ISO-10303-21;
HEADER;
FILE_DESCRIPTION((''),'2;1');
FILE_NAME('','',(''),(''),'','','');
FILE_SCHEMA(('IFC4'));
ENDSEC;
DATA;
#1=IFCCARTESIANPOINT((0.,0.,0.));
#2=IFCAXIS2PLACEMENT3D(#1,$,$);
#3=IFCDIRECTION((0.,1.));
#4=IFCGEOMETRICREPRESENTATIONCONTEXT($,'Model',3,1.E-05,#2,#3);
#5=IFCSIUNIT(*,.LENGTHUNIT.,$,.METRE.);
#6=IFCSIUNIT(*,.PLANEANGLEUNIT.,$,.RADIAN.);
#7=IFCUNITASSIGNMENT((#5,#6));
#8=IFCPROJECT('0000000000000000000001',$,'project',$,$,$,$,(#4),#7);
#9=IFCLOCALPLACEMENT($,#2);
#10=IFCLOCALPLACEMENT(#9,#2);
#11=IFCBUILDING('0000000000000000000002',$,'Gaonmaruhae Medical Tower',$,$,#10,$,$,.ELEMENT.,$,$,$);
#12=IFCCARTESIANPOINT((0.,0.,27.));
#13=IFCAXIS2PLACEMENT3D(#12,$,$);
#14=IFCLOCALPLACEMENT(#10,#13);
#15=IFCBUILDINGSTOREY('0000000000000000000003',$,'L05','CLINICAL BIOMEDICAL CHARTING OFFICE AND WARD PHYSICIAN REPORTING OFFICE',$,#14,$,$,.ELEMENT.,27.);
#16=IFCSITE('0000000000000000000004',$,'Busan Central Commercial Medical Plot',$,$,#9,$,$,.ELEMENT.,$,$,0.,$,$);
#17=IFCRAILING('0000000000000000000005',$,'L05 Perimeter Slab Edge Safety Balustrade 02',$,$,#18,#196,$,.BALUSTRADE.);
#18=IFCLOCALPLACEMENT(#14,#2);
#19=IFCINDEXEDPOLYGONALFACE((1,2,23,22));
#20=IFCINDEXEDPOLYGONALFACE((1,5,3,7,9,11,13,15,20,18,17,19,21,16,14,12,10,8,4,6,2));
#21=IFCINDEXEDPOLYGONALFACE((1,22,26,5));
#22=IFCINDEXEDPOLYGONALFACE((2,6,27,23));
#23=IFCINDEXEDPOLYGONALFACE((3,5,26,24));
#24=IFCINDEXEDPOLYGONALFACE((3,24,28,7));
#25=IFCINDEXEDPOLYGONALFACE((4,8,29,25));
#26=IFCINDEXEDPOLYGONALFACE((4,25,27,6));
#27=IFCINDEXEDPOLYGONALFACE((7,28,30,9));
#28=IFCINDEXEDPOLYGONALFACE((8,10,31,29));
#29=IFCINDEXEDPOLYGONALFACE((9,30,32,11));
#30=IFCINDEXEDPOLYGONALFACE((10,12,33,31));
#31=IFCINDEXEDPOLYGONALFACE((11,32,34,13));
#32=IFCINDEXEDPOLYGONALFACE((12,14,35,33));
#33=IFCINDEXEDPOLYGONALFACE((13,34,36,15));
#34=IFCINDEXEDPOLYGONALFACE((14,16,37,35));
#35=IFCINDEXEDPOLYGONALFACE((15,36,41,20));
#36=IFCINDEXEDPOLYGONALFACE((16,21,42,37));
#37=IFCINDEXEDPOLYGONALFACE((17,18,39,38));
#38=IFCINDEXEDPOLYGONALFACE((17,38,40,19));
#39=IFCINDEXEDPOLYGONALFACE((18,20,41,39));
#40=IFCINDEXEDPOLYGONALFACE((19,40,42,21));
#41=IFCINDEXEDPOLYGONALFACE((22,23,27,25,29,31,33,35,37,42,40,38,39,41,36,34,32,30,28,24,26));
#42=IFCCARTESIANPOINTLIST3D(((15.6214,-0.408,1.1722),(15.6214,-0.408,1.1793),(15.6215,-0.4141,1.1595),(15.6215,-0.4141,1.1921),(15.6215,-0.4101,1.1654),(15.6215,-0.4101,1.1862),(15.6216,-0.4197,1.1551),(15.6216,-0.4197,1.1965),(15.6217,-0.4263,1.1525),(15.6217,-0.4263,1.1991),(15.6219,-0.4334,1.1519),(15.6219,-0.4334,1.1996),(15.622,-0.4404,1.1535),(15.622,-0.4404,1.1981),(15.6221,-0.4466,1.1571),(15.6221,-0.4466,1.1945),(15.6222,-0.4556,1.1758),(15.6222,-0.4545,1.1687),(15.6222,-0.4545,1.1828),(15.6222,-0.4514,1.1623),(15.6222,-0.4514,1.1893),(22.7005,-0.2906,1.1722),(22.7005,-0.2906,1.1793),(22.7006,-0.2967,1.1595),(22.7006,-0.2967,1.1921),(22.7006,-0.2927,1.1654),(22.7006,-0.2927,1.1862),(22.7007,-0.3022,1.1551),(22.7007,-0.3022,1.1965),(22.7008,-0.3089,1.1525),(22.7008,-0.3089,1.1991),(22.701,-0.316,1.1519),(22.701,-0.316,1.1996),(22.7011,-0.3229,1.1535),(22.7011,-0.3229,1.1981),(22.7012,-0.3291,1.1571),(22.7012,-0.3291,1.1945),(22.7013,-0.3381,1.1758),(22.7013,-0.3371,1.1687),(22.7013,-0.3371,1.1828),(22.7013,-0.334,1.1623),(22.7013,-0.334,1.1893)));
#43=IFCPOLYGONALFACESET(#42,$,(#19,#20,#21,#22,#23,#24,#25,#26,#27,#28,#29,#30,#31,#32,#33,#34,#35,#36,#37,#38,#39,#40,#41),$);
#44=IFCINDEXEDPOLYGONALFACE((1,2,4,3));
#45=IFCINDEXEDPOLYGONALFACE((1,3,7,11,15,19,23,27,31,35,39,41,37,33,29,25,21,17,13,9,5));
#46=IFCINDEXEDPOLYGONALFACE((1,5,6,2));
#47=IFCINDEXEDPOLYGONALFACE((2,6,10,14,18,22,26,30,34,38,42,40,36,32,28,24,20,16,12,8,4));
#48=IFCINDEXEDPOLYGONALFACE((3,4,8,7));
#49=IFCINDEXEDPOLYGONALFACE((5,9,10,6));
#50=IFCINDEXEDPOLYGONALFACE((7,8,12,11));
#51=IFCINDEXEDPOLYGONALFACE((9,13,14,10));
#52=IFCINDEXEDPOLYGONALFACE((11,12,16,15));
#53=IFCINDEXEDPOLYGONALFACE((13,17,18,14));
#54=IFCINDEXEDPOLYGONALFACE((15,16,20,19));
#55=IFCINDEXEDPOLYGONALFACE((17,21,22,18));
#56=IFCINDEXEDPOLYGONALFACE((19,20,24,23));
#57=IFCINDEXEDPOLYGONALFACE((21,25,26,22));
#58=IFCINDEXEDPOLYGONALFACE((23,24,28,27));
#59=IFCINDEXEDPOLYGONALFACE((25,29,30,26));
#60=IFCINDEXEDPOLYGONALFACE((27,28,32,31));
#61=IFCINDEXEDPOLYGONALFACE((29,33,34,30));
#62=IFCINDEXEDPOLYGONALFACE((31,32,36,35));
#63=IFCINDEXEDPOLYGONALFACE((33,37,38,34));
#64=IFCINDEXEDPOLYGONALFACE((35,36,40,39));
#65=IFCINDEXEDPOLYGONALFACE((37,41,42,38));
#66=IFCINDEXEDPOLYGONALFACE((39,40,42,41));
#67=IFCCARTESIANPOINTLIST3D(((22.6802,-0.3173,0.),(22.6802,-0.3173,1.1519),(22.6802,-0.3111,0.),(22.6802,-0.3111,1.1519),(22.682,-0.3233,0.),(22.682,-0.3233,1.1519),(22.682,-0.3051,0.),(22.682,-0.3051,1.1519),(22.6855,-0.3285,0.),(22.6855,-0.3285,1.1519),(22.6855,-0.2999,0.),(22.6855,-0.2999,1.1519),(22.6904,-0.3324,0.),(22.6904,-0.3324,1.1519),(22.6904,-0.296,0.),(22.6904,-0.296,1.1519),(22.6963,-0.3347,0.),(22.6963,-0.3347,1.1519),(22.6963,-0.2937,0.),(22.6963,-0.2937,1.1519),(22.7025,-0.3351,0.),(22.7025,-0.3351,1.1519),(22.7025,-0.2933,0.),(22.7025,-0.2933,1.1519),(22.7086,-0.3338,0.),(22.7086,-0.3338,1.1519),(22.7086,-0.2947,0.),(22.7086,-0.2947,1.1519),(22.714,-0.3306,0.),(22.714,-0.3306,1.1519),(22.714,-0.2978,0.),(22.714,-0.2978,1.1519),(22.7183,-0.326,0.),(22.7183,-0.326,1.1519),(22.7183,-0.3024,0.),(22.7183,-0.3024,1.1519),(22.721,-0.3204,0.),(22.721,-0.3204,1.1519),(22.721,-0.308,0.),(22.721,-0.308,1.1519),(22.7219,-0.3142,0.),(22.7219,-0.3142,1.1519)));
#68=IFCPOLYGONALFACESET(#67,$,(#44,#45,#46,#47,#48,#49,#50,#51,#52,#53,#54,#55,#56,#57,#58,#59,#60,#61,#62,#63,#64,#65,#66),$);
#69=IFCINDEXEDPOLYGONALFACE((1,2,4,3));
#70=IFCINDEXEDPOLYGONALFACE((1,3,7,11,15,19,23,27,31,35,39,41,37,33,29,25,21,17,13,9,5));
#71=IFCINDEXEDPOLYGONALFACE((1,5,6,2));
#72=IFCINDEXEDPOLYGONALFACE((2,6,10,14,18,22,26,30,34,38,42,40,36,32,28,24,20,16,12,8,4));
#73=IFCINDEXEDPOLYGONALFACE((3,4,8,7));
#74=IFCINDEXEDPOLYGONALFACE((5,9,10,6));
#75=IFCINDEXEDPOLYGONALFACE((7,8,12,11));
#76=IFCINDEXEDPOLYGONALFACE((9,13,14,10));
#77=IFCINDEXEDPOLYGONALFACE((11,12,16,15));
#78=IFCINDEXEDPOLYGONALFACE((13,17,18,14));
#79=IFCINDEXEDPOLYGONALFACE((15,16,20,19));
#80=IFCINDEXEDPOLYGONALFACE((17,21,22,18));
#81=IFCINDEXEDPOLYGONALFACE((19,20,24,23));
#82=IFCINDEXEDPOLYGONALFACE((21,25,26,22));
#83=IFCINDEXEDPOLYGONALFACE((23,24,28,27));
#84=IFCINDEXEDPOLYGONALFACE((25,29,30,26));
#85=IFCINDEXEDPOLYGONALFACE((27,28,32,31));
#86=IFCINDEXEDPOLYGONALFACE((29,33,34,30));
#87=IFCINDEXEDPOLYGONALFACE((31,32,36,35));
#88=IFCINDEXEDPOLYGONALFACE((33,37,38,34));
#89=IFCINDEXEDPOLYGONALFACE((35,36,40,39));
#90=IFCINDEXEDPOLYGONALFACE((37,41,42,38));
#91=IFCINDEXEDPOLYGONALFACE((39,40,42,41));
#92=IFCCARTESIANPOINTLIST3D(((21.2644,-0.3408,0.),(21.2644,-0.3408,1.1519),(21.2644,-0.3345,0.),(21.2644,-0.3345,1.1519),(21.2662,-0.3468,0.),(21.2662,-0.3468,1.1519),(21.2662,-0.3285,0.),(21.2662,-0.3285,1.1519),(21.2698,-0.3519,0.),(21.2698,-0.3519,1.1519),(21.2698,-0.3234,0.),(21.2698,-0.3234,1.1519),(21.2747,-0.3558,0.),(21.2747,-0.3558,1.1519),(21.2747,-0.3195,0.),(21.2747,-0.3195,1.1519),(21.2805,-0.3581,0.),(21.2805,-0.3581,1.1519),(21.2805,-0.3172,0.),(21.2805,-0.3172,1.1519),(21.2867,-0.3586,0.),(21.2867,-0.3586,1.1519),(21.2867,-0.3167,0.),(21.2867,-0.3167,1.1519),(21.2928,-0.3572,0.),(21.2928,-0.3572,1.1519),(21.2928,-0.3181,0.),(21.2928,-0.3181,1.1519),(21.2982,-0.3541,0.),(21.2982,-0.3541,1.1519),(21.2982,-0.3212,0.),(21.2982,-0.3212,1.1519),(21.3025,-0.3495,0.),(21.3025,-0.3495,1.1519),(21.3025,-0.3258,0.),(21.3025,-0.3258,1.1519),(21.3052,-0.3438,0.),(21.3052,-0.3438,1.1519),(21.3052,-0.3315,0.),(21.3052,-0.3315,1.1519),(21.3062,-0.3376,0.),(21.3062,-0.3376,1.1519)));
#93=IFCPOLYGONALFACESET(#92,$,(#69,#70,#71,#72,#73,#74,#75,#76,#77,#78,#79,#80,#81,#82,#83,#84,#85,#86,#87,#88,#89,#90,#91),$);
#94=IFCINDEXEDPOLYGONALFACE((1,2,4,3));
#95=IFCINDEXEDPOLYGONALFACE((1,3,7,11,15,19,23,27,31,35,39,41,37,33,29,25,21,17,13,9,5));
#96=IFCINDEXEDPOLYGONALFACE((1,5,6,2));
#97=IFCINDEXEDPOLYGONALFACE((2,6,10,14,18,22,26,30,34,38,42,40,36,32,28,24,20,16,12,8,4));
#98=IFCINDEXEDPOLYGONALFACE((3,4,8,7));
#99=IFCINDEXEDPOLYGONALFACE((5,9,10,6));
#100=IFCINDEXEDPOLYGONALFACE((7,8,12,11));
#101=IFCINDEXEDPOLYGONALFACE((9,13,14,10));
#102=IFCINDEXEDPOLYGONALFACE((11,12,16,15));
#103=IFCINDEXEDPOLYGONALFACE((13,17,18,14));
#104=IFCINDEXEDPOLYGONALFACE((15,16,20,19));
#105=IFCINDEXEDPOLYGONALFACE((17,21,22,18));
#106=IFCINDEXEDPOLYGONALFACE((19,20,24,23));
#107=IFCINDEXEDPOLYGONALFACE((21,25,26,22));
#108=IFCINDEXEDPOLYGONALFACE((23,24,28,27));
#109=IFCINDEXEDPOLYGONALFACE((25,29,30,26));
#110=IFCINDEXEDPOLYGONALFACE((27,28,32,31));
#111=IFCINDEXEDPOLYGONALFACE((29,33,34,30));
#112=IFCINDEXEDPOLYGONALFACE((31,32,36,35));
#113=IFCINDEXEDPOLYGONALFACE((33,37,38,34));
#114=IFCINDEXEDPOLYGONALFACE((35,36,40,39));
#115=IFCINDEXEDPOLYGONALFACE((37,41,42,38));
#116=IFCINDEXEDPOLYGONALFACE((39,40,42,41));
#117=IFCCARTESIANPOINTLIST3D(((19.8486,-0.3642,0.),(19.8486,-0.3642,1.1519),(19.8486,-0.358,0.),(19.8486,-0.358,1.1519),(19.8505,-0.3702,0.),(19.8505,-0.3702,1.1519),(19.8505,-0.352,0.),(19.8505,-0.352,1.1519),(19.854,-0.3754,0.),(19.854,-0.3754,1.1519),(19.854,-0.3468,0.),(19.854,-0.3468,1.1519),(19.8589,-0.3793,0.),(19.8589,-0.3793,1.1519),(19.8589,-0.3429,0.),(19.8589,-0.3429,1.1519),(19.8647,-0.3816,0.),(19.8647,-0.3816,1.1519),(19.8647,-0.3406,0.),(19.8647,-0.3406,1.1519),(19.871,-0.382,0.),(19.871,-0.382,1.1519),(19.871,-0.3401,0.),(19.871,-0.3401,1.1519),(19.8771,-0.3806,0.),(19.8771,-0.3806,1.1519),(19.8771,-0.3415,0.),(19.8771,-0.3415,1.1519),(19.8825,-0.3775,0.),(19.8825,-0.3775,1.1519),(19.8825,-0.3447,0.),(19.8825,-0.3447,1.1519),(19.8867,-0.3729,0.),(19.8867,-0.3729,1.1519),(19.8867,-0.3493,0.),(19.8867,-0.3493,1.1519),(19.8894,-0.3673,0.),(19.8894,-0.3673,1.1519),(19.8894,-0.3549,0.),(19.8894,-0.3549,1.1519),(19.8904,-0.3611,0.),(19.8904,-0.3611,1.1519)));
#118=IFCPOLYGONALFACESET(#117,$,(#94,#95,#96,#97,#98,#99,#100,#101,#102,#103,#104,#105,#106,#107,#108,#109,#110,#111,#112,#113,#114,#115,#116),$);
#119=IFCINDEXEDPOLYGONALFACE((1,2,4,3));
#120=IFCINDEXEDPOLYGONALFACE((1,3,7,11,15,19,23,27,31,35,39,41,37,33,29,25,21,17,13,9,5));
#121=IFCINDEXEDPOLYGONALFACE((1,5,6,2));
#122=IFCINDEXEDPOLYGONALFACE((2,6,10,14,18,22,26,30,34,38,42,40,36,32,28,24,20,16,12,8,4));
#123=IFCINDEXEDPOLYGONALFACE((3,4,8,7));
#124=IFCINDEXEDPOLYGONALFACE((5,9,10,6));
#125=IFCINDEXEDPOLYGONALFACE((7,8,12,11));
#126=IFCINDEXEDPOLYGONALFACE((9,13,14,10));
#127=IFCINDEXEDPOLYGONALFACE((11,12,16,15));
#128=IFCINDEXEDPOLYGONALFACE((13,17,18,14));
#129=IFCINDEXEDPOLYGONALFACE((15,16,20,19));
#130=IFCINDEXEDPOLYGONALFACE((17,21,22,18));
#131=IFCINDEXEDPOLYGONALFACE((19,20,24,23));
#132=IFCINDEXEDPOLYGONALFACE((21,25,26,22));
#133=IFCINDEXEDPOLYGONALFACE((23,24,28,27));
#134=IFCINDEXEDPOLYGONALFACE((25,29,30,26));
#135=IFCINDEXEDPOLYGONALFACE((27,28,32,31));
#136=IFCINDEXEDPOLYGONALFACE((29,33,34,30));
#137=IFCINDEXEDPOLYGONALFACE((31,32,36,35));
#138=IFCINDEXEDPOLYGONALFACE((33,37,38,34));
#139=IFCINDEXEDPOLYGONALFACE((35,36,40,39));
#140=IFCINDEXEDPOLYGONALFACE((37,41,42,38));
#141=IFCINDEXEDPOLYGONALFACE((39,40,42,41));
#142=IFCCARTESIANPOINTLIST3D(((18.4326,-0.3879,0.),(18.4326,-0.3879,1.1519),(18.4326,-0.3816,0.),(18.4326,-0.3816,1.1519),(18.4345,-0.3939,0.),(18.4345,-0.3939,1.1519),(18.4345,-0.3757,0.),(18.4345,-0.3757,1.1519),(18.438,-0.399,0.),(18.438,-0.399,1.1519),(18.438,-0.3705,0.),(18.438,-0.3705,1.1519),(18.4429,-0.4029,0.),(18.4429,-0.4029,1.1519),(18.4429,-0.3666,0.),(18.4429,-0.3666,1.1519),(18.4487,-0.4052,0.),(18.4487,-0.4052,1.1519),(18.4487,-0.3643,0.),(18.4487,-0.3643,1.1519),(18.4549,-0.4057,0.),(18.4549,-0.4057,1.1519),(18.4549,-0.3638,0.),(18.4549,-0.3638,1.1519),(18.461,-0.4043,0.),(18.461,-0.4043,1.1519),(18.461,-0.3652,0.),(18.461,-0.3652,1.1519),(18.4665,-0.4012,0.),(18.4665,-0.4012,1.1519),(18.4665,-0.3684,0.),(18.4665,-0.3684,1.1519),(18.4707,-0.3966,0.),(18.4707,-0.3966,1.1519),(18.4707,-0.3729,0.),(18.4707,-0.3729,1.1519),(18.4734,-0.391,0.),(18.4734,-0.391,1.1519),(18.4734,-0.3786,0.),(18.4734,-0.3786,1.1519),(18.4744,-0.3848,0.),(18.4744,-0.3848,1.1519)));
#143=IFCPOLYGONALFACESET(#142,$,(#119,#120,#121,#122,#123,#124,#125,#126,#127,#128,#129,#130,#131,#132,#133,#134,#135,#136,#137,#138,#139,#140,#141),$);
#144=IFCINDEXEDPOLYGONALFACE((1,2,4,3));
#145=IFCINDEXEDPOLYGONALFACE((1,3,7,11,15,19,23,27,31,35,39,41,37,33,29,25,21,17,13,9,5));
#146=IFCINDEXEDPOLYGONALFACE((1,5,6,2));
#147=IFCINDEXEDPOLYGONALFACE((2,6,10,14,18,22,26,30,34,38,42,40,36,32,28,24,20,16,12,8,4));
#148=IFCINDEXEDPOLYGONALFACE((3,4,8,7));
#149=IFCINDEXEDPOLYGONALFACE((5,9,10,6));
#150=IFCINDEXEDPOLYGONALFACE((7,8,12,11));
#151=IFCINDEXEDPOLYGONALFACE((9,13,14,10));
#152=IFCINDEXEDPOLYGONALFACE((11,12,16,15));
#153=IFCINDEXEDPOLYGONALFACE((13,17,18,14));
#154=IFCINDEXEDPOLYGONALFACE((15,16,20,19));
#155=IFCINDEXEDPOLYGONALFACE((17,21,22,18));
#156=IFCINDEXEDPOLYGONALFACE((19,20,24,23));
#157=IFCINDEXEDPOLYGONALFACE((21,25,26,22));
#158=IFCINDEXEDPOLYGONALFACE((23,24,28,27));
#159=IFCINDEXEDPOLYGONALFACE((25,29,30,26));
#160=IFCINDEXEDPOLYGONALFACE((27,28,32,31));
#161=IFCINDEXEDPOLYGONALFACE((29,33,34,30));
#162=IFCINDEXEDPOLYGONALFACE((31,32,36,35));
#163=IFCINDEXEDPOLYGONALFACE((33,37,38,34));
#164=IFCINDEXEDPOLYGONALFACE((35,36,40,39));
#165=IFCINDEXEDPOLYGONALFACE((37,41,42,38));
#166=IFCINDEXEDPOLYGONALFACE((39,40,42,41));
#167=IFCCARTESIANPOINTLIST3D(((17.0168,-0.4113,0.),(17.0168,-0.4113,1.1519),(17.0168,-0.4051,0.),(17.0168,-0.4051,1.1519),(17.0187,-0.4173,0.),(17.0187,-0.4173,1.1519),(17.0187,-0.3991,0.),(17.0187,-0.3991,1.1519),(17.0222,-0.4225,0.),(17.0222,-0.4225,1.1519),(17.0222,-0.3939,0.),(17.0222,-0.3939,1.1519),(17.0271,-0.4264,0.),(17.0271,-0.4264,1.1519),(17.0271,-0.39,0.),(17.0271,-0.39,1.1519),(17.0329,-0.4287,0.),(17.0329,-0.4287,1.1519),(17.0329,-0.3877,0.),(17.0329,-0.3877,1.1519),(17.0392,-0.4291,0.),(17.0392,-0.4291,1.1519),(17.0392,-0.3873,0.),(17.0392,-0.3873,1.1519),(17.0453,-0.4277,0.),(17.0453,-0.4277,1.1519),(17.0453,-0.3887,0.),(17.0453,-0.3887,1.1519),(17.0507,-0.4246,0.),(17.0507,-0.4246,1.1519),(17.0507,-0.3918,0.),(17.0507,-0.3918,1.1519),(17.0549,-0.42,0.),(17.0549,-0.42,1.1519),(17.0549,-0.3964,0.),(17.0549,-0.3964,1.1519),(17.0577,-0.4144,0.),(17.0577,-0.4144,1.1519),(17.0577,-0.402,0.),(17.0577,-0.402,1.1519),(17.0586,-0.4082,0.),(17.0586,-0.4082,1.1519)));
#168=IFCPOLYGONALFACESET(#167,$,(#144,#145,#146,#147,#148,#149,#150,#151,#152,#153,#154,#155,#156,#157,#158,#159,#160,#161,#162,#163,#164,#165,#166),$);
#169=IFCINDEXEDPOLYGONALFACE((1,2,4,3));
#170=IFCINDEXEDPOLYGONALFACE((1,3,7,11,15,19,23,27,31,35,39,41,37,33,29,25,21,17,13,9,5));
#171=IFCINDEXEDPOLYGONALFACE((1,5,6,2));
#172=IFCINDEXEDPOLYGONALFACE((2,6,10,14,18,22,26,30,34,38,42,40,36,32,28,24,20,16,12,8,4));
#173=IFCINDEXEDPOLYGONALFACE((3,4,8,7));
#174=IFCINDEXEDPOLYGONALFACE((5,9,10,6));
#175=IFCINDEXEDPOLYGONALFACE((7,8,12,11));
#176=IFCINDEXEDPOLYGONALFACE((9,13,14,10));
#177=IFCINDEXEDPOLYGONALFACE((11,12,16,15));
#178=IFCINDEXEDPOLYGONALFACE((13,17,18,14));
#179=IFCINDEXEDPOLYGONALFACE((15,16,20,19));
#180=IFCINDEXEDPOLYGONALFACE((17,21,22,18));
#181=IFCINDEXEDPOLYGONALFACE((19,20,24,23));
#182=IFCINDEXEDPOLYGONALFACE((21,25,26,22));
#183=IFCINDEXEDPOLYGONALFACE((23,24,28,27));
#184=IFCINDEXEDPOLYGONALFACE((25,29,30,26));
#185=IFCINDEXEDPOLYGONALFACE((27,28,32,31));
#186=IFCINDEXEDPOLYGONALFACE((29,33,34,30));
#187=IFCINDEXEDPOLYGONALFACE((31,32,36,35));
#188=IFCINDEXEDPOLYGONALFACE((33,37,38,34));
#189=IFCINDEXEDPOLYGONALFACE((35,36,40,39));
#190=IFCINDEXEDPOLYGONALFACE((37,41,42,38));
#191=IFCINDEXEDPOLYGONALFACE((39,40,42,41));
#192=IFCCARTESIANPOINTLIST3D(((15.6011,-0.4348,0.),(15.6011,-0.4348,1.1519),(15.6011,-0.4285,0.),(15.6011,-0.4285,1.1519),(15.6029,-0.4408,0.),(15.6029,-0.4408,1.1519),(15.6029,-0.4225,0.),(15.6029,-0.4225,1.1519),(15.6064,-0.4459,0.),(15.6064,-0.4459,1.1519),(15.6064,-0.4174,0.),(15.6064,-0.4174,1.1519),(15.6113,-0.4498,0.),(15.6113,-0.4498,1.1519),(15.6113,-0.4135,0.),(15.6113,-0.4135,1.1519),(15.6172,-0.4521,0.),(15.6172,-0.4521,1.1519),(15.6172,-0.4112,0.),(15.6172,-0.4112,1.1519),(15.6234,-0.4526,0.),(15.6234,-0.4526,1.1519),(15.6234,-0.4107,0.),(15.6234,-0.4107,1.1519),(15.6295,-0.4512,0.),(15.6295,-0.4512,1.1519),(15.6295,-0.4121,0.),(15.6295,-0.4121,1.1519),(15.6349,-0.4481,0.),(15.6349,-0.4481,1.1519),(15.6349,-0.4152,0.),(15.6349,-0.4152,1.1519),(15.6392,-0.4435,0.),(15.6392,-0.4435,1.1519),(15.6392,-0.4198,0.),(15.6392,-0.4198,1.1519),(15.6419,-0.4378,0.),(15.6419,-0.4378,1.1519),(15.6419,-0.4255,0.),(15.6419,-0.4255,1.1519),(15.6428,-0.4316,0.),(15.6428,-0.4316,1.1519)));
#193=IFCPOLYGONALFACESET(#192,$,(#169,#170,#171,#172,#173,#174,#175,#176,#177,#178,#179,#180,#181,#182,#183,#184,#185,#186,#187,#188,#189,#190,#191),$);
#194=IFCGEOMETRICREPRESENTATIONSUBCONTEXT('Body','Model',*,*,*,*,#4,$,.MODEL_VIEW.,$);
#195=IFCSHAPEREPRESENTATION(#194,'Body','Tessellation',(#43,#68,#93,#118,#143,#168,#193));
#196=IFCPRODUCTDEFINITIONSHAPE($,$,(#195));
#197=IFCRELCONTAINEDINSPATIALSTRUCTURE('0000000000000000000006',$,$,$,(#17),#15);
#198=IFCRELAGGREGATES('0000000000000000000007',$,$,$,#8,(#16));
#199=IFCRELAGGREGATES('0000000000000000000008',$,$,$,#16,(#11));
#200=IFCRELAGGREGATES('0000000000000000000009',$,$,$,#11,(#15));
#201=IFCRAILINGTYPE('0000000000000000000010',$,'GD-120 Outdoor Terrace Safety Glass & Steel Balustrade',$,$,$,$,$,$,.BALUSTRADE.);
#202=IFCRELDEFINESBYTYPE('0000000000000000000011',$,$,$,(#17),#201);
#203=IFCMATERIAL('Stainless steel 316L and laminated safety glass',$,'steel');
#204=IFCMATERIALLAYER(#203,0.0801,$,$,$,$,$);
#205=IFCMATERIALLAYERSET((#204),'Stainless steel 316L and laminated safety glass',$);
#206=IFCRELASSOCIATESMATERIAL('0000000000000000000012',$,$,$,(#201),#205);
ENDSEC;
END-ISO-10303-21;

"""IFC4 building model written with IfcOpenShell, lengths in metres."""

from ifc_helpers import new_model, si_unit, direction, frame, origin, origin_2d, place, context, subcontext, project, spatial, circle, extrude, material, layer, layer_set, type_object, element, save


model = new_model("IFC4")

# Units and contexts
model_context = context("Model", 3, precision=1e-05, world=origin(), true_north=direction((0.0, 1.0)))
body_context = subcontext(model_context, "Body", "Model", "MODEL_VIEW")
ifc_project = project(units=[si_unit("LENGTHUNIT", "METRE"), si_unit("PLANEANGLEUNIT", "RADIAN")], contexts=[model_context])

# Site, building, storey
site_placement = place(None, origin())
site = spatial("IfcSite", under=ifc_project, at=site_placement, Name="Busan Central Commercial Medical Plot", CompositionType="ELEMENT", RefElevation=0.0)
building_placement = place(site_placement, origin())
building = spatial("IfcBuilding", under=site, at=building_placement, Name="Gaonmaruhae Medical Tower", CompositionType="ELEMENT")
storey_placement = place(building_placement, frame((0.0, 0.0, 27.0)))
storey = spatial("IfcBuildingStorey", under=building, at=storey_placement, Name="L05", Description="CLINICAL BIOMEDICAL CHARTING OFFICE AND WARD PHYSICIAN REPORTING OFFICE", CompositionType="ELEMENT", Elevation=27.0)

# Railing
ifc_material_1 = material(Name="Stainless steel 316L and laminated safety glass", Category="steel")
ifc_layer_1 = layer(ifc_material_1, 0.0801)
ifc_layer_set_1 = layer_set([ifc_layer_1], Name="Stainless steel 316L and laminated safety glass")
railing_type_1 = type_object("IfcRailingType", Name="GD-120 Outdoor Terrace Safety Glass & Steel Balustrade", PredefinedType="BALUSTRADE", material=ifc_layer_set_1)
railing_1_placement = place(storey_placement, frame((22.7009, -0.3142, 0.0)))
element("IfcRailing", 1, at=railing_1_placement, inside=storey, type_object=railing_type_1, Name="L05 Perimeter Slab Edge Safety Balustrade 02", PredefinedType="BALUSTRADE", context=body_context, shape_type="SweptSolid", body=[
    extrude(circle(Radius=0.0239, at=origin_2d()), frame((0.0, 0.0, 1.1758), z_axis=(-0.999862, -0.016586, 0.0), x_axis=(0.016586, -0.999862, 0.0)), (0.0, 0.0, 1.0), 7.0801),
    extrude(circle(Radius=0.021, at=origin_2d()), origin(), (0.0, 0.0, 1.0), 1.1519),
    extrude(circle(Radius=0.021, at=origin_2d()), frame((-1.4158, -0.0234, 0.0)), (0.0, 0.0, 1.0), 1.1519),
    extrude(circle(Radius=0.021, at=origin_2d()), frame((-2.8315, -0.0469, 0.0)), (0.0, 0.0, 1.0), 1.1519),
    extrude(circle(Radius=0.021, at=origin_2d()), frame((-4.2476, -0.0706, 0.0)), (0.0, 0.0, 1.0), 1.1519),
    extrude(circle(Radius=0.021, at=origin_2d()), frame((-5.6633, -0.094, 0.0)), (0.0, 0.0, 1.0), 1.1519),
    extrude(circle(Radius=0.021, at=origin_2d()), frame((-7.0791, -0.1174, 0.0)), (0.0, 0.0, 1.0), 1.1519),
])

save(model, "model.ifc")
